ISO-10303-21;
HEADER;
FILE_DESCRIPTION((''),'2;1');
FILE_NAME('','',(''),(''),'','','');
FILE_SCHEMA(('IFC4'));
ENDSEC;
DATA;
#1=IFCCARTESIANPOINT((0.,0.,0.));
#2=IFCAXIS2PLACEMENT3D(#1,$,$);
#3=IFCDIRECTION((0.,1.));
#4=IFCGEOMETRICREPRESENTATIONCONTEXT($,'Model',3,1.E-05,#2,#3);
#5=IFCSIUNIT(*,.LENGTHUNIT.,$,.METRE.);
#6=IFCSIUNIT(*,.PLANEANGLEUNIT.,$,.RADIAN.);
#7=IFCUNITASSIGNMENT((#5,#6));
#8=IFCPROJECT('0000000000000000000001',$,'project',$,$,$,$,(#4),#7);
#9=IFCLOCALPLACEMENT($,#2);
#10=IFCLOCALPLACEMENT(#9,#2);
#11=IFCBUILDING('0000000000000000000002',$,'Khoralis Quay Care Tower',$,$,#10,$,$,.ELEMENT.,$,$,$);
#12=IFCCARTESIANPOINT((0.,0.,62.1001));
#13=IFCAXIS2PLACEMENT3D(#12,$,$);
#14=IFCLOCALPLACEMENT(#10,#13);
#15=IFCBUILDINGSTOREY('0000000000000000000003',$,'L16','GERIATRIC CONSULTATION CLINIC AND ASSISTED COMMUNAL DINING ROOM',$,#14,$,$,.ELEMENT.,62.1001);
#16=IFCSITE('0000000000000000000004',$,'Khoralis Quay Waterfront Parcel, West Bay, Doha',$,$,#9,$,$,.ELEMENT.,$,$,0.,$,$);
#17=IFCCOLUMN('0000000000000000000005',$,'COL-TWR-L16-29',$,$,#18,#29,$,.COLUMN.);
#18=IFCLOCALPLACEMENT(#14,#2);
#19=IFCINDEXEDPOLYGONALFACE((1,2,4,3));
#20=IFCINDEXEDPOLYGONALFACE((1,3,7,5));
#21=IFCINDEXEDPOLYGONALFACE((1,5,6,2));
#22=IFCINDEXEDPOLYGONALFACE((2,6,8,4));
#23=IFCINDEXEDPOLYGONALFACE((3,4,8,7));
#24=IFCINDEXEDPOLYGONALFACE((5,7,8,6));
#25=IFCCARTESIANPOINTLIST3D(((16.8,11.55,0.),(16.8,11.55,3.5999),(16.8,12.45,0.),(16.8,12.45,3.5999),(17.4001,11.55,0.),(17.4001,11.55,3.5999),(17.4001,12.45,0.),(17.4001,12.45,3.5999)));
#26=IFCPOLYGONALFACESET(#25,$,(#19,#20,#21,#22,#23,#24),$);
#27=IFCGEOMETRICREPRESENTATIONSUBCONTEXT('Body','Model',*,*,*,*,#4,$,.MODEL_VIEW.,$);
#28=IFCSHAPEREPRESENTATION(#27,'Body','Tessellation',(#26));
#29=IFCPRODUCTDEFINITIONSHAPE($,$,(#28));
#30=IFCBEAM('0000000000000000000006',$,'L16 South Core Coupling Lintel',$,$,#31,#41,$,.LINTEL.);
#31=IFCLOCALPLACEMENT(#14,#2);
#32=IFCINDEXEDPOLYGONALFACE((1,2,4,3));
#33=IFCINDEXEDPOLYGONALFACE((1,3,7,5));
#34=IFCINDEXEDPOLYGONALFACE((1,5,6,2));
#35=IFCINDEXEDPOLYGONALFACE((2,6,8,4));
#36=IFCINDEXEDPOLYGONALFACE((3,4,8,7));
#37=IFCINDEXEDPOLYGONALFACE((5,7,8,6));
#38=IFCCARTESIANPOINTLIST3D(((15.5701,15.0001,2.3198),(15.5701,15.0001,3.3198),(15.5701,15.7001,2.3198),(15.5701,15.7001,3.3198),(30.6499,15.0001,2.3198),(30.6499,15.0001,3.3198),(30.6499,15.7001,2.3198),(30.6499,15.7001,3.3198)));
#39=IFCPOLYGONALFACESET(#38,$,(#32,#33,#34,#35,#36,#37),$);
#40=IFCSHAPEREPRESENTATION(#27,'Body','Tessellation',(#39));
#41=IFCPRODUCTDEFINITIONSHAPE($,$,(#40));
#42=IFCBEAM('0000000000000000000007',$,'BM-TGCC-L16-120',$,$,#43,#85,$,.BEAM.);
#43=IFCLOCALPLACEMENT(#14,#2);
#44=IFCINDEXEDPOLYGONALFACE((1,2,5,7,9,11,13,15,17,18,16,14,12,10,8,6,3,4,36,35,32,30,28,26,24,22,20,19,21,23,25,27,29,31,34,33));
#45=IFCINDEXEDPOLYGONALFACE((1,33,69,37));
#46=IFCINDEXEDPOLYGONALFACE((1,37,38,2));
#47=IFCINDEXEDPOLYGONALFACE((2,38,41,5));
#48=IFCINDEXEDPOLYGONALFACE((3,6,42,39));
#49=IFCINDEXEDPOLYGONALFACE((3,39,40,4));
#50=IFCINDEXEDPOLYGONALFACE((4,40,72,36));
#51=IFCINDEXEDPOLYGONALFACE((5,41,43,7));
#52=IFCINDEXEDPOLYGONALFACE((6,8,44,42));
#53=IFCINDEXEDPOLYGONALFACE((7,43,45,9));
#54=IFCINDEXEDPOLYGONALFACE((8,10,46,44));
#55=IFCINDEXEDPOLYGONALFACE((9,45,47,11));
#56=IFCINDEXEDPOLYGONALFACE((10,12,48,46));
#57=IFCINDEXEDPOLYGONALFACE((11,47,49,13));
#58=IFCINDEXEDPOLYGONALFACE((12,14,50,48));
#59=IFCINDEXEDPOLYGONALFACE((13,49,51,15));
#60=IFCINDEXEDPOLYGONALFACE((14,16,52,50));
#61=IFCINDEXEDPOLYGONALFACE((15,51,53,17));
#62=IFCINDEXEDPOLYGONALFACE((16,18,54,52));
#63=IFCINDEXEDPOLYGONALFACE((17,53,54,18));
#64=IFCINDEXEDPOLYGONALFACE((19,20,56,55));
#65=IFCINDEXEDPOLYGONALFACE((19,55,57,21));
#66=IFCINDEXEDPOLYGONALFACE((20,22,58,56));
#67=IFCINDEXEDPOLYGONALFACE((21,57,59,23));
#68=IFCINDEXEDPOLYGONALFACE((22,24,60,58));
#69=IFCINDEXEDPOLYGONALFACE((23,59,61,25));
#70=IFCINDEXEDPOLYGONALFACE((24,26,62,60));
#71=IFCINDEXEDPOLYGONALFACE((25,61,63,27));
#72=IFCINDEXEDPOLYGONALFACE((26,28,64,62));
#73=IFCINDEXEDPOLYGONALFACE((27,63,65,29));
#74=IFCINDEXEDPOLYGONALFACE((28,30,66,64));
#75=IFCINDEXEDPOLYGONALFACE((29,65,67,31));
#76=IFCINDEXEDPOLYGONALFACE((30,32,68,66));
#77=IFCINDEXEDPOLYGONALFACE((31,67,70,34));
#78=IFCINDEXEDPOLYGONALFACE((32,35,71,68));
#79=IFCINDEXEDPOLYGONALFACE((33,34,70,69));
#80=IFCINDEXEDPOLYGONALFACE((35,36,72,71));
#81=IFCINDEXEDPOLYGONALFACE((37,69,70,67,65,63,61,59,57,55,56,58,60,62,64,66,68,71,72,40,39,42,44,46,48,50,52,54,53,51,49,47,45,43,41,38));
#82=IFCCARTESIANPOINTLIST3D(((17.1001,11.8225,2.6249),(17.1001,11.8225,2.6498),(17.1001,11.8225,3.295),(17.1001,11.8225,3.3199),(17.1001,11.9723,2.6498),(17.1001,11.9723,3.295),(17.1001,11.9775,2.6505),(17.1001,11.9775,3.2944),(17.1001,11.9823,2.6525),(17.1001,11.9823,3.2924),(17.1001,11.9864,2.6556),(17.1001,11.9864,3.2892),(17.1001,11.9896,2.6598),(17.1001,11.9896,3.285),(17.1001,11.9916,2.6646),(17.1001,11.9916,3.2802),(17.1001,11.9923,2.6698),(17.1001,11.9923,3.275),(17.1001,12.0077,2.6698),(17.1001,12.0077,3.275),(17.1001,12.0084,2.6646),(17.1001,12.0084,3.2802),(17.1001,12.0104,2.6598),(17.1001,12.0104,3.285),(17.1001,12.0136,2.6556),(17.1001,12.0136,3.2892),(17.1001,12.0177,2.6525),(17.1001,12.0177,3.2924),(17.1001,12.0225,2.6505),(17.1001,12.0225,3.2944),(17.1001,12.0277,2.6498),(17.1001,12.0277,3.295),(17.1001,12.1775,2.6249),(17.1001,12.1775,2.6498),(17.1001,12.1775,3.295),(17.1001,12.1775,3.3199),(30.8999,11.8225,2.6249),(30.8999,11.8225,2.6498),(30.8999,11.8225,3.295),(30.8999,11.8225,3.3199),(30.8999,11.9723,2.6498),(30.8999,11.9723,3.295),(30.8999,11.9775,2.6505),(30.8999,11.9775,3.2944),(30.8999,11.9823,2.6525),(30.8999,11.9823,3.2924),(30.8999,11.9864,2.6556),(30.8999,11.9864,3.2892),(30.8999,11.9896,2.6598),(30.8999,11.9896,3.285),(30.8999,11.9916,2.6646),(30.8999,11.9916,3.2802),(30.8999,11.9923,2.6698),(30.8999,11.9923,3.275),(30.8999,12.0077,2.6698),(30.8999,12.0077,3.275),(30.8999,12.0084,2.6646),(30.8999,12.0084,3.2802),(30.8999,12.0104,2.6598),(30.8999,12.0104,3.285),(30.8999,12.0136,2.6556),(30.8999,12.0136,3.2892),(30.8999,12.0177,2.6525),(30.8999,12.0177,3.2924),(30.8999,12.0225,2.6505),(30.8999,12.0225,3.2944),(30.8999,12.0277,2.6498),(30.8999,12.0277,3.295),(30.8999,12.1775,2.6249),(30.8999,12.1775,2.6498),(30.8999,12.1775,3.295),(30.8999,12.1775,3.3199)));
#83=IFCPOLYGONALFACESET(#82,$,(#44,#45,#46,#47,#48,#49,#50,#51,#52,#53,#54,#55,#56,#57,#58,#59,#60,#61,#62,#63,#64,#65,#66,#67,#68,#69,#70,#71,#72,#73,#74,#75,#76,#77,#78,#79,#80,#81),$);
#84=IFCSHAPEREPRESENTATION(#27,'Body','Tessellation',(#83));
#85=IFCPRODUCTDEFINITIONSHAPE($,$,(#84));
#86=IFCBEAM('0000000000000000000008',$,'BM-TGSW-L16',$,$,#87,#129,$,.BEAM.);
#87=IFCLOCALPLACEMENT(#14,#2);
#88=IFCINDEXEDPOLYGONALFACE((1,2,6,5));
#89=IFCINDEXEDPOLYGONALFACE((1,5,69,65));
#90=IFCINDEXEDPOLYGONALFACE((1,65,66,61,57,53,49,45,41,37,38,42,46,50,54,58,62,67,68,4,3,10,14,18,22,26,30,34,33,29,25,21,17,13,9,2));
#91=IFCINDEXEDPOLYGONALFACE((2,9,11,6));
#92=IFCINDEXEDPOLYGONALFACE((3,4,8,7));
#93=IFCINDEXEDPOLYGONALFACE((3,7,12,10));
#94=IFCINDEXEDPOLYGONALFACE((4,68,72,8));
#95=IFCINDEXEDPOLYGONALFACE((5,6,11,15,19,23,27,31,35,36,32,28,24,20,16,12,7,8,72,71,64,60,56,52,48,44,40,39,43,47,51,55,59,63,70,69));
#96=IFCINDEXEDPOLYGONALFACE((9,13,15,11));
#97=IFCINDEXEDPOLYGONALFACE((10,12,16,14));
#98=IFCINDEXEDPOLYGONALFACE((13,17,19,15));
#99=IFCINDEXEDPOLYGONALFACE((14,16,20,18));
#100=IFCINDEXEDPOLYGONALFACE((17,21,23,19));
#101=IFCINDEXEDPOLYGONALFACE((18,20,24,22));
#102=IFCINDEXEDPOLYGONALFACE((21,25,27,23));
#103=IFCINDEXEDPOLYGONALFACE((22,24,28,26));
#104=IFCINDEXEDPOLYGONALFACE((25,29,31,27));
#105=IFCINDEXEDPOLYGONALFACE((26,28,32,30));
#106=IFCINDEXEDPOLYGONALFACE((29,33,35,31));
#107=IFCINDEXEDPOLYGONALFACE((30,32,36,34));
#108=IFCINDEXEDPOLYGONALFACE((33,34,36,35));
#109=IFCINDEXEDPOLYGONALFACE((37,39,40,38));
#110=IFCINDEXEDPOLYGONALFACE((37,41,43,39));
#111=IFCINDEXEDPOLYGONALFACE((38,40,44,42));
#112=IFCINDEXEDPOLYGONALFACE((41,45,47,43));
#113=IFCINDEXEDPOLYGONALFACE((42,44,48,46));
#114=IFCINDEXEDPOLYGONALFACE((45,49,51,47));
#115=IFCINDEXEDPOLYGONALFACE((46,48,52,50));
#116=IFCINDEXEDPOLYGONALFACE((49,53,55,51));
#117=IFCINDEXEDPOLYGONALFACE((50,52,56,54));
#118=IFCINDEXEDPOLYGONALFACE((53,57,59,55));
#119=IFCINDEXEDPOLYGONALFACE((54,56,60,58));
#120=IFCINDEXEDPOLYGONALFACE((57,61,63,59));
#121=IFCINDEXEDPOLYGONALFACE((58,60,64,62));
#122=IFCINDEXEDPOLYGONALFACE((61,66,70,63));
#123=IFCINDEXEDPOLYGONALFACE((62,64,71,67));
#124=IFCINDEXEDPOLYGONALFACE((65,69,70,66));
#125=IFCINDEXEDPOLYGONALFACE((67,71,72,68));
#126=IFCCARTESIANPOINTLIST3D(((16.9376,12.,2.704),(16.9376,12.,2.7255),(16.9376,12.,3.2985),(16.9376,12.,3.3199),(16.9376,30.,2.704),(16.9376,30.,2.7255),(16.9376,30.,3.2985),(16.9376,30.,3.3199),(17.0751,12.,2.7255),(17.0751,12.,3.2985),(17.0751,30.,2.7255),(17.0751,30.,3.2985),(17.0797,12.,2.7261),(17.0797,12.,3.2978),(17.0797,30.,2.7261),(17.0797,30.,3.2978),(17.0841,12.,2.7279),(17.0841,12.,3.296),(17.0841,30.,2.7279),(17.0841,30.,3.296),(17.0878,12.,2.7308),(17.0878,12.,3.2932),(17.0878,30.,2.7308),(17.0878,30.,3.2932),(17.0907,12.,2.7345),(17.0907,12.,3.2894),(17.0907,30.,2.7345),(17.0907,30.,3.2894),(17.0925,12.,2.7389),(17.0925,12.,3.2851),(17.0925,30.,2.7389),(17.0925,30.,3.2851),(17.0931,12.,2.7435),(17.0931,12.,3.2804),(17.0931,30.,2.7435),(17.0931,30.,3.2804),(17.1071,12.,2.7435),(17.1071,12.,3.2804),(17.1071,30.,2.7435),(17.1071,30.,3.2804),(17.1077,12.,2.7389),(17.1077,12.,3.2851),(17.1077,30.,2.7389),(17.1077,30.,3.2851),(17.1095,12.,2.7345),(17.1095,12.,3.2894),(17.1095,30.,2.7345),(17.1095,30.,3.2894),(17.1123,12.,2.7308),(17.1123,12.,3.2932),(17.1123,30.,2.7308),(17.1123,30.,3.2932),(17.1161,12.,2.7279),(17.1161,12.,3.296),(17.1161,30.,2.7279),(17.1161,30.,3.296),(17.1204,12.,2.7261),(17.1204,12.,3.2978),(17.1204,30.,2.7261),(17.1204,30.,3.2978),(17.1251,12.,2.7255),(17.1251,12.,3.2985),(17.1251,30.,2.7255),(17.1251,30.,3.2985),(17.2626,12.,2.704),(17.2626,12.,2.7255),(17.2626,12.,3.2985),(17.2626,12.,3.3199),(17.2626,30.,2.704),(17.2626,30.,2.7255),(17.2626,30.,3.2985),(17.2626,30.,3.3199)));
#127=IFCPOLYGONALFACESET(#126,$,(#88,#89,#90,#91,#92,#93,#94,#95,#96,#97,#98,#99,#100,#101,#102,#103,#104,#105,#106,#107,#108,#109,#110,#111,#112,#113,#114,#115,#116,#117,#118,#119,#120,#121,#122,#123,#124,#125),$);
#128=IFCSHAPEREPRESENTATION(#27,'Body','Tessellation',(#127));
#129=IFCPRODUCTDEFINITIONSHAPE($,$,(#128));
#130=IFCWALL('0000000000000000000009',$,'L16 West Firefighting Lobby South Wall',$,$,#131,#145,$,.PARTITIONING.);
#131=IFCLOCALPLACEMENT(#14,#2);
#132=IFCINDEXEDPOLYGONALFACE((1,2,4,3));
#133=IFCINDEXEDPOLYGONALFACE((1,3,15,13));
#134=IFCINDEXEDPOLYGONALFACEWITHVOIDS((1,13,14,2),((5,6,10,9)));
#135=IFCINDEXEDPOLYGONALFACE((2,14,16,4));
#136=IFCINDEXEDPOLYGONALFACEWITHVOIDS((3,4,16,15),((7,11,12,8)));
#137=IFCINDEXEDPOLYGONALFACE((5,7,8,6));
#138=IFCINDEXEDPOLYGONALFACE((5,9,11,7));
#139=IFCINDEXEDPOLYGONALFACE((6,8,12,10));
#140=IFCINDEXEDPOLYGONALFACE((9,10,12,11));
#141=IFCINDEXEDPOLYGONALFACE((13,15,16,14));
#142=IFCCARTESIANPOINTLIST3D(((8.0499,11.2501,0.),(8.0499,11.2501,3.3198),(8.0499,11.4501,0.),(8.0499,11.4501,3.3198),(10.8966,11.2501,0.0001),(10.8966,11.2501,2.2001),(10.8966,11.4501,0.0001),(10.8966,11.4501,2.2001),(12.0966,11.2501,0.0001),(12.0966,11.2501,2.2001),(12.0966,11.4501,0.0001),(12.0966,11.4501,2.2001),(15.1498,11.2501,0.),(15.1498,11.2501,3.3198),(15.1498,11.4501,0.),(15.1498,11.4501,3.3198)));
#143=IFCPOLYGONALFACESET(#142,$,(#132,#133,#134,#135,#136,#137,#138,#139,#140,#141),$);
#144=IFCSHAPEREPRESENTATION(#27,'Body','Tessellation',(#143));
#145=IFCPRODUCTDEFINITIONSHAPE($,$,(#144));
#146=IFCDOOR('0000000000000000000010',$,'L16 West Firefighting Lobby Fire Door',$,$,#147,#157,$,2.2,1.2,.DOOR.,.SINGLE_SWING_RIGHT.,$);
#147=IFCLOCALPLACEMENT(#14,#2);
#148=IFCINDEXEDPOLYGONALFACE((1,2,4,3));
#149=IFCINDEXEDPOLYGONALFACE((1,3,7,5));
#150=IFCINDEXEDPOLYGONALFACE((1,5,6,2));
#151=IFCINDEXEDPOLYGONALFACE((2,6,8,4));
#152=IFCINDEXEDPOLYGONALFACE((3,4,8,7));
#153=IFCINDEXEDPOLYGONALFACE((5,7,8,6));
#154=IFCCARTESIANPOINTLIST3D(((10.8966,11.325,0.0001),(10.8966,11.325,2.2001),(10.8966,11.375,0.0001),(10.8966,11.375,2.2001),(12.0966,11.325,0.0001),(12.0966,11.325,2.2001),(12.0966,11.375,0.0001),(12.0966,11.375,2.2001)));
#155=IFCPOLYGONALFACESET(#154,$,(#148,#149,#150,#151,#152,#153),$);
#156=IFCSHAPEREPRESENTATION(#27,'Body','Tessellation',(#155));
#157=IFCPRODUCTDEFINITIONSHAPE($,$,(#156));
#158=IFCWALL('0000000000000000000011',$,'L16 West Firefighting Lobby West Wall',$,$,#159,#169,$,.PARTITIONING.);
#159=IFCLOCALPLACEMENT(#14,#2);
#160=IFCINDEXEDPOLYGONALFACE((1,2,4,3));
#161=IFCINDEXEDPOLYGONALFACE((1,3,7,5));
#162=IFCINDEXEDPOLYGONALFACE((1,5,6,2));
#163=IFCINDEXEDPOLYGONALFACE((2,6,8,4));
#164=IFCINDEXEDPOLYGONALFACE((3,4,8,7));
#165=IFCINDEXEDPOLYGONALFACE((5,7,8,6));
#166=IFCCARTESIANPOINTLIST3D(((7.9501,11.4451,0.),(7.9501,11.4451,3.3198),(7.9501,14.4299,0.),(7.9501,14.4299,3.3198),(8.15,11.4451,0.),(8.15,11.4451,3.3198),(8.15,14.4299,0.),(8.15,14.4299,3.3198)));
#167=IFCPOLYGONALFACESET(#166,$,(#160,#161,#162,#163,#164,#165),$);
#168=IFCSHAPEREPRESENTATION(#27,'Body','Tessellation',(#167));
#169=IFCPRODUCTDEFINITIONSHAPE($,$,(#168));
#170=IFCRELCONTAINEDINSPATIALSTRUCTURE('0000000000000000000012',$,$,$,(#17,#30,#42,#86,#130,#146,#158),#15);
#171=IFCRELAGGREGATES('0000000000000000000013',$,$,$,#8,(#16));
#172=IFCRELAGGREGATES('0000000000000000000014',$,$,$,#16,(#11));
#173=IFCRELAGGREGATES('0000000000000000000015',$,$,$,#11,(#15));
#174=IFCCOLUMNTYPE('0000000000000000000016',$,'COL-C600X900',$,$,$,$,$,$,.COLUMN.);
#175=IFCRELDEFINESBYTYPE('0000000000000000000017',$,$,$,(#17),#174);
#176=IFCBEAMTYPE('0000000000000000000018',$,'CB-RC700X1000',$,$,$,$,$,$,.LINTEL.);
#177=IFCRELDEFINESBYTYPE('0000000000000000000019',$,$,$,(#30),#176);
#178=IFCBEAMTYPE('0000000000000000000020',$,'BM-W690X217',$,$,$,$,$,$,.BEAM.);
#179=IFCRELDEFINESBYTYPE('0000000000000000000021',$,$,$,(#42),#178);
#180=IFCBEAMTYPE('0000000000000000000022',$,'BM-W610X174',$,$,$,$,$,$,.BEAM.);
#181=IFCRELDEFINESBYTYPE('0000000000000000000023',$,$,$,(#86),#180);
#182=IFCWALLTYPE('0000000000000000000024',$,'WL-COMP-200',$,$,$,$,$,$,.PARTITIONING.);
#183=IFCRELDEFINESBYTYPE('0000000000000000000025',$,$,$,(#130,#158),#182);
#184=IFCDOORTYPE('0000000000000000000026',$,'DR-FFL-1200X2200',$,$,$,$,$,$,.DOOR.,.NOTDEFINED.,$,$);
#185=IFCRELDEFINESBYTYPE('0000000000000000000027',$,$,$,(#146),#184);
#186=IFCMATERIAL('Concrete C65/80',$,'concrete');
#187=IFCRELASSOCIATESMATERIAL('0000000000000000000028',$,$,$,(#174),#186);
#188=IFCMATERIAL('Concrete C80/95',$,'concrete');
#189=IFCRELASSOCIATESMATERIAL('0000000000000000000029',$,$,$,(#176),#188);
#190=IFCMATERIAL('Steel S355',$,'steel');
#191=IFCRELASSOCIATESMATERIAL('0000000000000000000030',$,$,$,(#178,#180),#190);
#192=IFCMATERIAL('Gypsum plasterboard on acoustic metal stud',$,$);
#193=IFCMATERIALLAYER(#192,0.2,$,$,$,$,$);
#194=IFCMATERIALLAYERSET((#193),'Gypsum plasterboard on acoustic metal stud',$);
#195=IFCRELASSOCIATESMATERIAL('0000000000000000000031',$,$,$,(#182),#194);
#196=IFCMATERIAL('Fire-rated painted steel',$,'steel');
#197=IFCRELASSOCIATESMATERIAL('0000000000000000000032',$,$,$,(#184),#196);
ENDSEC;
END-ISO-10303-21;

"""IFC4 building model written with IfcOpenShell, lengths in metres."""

from ifc_helpers import new_model, si_unit, direction, frame, frame_2d, origin, origin_2d, place, context, subcontext, project, spatial, rectangle, i_section, extrude, source, transform, mapped, material, layer, layer_set, material_profile, profile_set, type_object, element, fill, save


model = new_model("IFC4")

# Units and contexts
model_context = context("Model", 3, precision=1e-05, world=origin(), true_north=direction((0.0, 1.0)))
body_context = subcontext(model_context, "Body", "Model", "MODEL_VIEW")
ifc_project = project(units=[si_unit("LENGTHUNIT", "METRE"), si_unit("PLANEANGLEUNIT", "RADIAN")], contexts=[model_context])

# Site, building, storey
site_placement = place(None, origin())
site = spatial("IfcSite", under=ifc_project, at=site_placement, Name="Khoralis Quay Waterfront Parcel, West Bay, Doha", CompositionType="ELEMENT", RefElevation=0.0)
building_placement = place(site_placement, origin())
building = spatial("IfcBuilding", under=site, at=building_placement, Name="Khoralis Quay Care Tower", CompositionType="ELEMENT")
storey_placement = place(building_placement, frame((0.0, 0.0, 62.1001)))
storey = spatial("IfcBuildingStorey", under=building, at=storey_placement, Name="L16", Description="GERIATRIC CONSULTATION CLINIC AND ASSISTED COMMUNAL DINING ROOM", CompositionType="ELEMENT", Elevation=62.1001)

# Column
ifc_material_1 = material(Name="Concrete C65/80", Category="concrete")
ifc_material_profile_1 = material_profile(ifc_material_1, rectangle(XDim=0.6001, YDim=0.8999, at=origin_2d()), Name="Concrete C65/80")
ifc_profile_set_1 = profile_set([ifc_material_profile_1], Name="Concrete C65/80")
column_type = type_object("IfcColumnType", Name="COL-C600X900", PredefinedType="COLUMN", material=ifc_profile_set_1)
shared_shape_1 = source(origin(), body_context, "Body", "SweptSolid", [
    extrude(rectangle(XDim=0.6001, YDim=0.8999, at=origin_2d()), origin(), (0.0, 0.0, 1.0), 3.5999),
])
column_placement = place(storey_placement, frame((17.1001, 12.0, 0.0), z_axis=(0.0, 0.0, 1.0), x_axis=(1.0, 0.0, 0.0)))
element("IfcColumn", 1, at=column_placement, inside=storey, type_object=column_type, Name="COL-TWR-L16-29", PredefinedType="COLUMN", context=body_context, shape_type="MappedRepresentation", body=[
    mapped(shared_shape_1, transform((0.0, 0.0, 0.0), scale=1.0)),
])

# Beams
ifc_material_2 = material(Name="Concrete C80/95", Category="concrete")
ifc_material_profile_2 = material_profile(ifc_material_2, rectangle(XDim=0.7, YDim=1.0, at=origin_2d()), Name="Concrete C80/95")
ifc_profile_set_2 = profile_set([ifc_material_profile_2], Name="Concrete C80/95")
beam_type_1 = type_object("IfcBeamType", Name="CB-RC700X1000", PredefinedType="LINTEL", material=ifc_profile_set_2)
shared_shape_2 = source(origin(), body_context, "Body", "SweptSolid", [
    extrude(rectangle(XDim=0.7, YDim=1.0, at=origin_2d()), origin(), (0.0, 0.0, 1.0), 15.0798),
])
beam_1_placement = place(storey_placement, frame((15.5701, 15.3501, 2.8198), z_axis=(1.0, 0.0, 0.0), x_axis=(0.0, 1.0, 0.0)))
element("IfcBeam", 2, at=beam_1_placement, inside=storey, type_object=beam_type_1, Name="L16 South Core Coupling Lintel", PredefinedType="LINTEL", context=body_context, shape_type="MappedRepresentation", body=[
    mapped(shared_shape_2, transform((0.0, 0.0, 0.0), scale=1.0)),
])
ifc_material_3 = material(Name="Steel S355", Category="steel")
ifc_material_profile_3 = material_profile(ifc_material_3, i_section(OverallWidth=0.355, OverallDepth=0.6951, WebThickness=0.0154, FlangeThickness=0.0249, FilletRadius=0.02, at=origin_2d()), Name="Steel S355")
ifc_profile_set_3 = profile_set([ifc_material_profile_3], Name="Steel S355")
beam_type_2 = type_object("IfcBeamType", Name="BM-W690X217", PredefinedType="BEAM", material=ifc_profile_set_3)
shared_shape_3 = source(origin(), body_context, "Body", "SweptSolid", [
    extrude(i_section(OverallWidth=0.355, OverallDepth=0.6951, WebThickness=0.0154, FlangeThickness=0.0249, FilletRadius=0.02, at=origin_2d()), origin(), (0.0, 0.0, 1.0), 13.7998),
])
beam_2_placement = place(storey_placement, frame((17.1001, 12.0, 2.9724), z_axis=(1.0, 0.0, 0.0), x_axis=(0.0, 1.0, 0.0)))
element("IfcBeam", 3, at=beam_2_placement, inside=storey, type_object=beam_type_2, Name="BM-TGCC-L16-120", PredefinedType="BEAM", context=body_context, shape_type="MappedRepresentation", body=[
    mapped(shared_shape_3, transform((0.0, 0.0, 0.0), scale=1.0)),
])
ifc_material_profile_4 = material_profile(ifc_material_3, i_section(OverallWidth=0.325, OverallDepth=0.616, WebThickness=0.0139, FlangeThickness=0.0215, FilletRadius=0.0181, at=origin_2d()), Name="Steel S355")
ifc_profile_set_4 = profile_set([ifc_material_profile_4], Name="Steel S355")
beam_type_3 = type_object("IfcBeamType", Name="BM-W610X174", PredefinedType="BEAM", material=ifc_profile_set_4)
shared_shape_4 = source(origin(), body_context, "Body", "SweptSolid", [
    extrude(i_section(OverallWidth=0.325, OverallDepth=0.616, WebThickness=0.0139, FlangeThickness=0.0215, FilletRadius=0.0181, at=origin_2d()), origin(), (0.0, 0.0, 1.0), 18.0),
])
beam_3_placement = place(storey_placement, frame((17.1001, 12.0, 3.012), z_axis=(0.0, 1.0, 0.0), x_axis=(-1.0, 0.0, 0.0)))
element("IfcBeam", 4, at=beam_3_placement, inside=storey, type_object=beam_type_3, Name="BM-TGSW-L16", PredefinedType="BEAM", context=body_context, shape_type="MappedRepresentation", body=[
    mapped(shared_shape_4, transform((0.0, 0.0, 0.0), scale=1.0)),
])

# Wall, opening, door
ifc_material_4 = material(Name="Gypsum plasterboard on acoustic metal stud")
ifc_layer_1 = layer(ifc_material_4, 0.2)
ifc_layer_set_1 = layer_set([ifc_layer_1], Name="Gypsum plasterboard on acoustic metal stud")
wall_type_1 = type_object("IfcWallType", Name="WL-COMP-200", PredefinedType="PARTITIONING", material=ifc_layer_set_1)
wall_1_placement = place(storey_placement, frame((8.05, 11.3501, 0.0), z_axis=(0.0, 0.0, 1.0), x_axis=(1.0, 0.0, 0.0)))
wall_1 = element("IfcWall", 5, at=wall_1_placement, inside=storey, type_object=wall_type_1, Name="L16 West Firefighting Lobby South Wall", PredefinedType="PARTITIONING", context=body_context, shape_type="SweptSolid", body=[
    extrude(rectangle(XDim=7.0999, YDim=0.2, at=frame_2d((3.5498, 0.0))), origin(), (0.0, 0.0, 1.0), 3.3198),
])
opening_1_placement = place(wall_1_placement, frame((2.8464, 0.0, 0.0)))
opening_1 = element("IfcOpeningElement", 6, at=opening_1_placement, cuts=wall_1, PredefinedType="OPENING", context=body_context, shape_type="SweptSolid", body=[
    extrude(rectangle(XDim=1.2, YDim=2.2, at=frame_2d((0.6001, 1.1001))), frame((0.0, 0.1099, 0.0), z_axis=(0.0, -1.0, 0.0), x_axis=(1.0, 0.0, 0.0)), (0.0, 0.0, 1.0), 0.22),
])
ifc_material_5 = material(Name="Fire-rated painted steel", Category="steel")
door_type_1 = type_object("IfcDoorType", Name="DR-FFL-1200X2200", OperationType="NOTDEFINED", PredefinedType="DOOR", material=ifc_material_5)
shared_shape_5 = source(origin(), body_context, "Body", "SweptSolid", [
    extrude(rectangle(XDim=1.2, YDim=2.2, at=frame_2d((0.6001, 1.1001))), frame((0.0, 0.0249, 0.0), z_axis=(0.0, -1.0, 0.0), x_axis=(1.0, 0.0, 0.0)), (0.0, 0.0, 1.0), 0.05),
])
door_1_placement = place(opening_1_placement, origin())
door_1 = element("IfcDoor", 7, at=door_1_placement, inside=storey, type_object=door_type_1, Name="L16 West Firefighting Lobby Fire Door", OperationType="SINGLE_SWING_RIGHT", OverallHeight=2.2, OverallWidth=1.2, PredefinedType="DOOR", context=body_context, shape_type="MappedRepresentation", body=[
    mapped(shared_shape_5, transform((0.0, 0.0, 0.0), scale=1.0)),
])
fill(opening_1, door_1)

# Wall
for number, where, z_axis, x_axis, name in (
    (8, (8.05, 11.4451, 0.0), (0.0, 0.0, 1.0), (0.0, 1.0, 0.0), "L16 West Firefighting Lobby West Wall"),
):
    element("IfcWall", number, at=place(storey_placement, frame(where, z_axis=z_axis, x_axis=x_axis)), inside=storey, type_object=wall_type_1, Name=name, PredefinedType="PARTITIONING", context=body_context, shape_type="SweptSolid", body=[
        extrude(rectangle(XDim=2.9849, YDim=0.2, at=frame_2d((1.4924, 0.0))), origin(), (0.0, 0.0, 1.0), 3.3198),
    ])

save(model, "model.ifc")
